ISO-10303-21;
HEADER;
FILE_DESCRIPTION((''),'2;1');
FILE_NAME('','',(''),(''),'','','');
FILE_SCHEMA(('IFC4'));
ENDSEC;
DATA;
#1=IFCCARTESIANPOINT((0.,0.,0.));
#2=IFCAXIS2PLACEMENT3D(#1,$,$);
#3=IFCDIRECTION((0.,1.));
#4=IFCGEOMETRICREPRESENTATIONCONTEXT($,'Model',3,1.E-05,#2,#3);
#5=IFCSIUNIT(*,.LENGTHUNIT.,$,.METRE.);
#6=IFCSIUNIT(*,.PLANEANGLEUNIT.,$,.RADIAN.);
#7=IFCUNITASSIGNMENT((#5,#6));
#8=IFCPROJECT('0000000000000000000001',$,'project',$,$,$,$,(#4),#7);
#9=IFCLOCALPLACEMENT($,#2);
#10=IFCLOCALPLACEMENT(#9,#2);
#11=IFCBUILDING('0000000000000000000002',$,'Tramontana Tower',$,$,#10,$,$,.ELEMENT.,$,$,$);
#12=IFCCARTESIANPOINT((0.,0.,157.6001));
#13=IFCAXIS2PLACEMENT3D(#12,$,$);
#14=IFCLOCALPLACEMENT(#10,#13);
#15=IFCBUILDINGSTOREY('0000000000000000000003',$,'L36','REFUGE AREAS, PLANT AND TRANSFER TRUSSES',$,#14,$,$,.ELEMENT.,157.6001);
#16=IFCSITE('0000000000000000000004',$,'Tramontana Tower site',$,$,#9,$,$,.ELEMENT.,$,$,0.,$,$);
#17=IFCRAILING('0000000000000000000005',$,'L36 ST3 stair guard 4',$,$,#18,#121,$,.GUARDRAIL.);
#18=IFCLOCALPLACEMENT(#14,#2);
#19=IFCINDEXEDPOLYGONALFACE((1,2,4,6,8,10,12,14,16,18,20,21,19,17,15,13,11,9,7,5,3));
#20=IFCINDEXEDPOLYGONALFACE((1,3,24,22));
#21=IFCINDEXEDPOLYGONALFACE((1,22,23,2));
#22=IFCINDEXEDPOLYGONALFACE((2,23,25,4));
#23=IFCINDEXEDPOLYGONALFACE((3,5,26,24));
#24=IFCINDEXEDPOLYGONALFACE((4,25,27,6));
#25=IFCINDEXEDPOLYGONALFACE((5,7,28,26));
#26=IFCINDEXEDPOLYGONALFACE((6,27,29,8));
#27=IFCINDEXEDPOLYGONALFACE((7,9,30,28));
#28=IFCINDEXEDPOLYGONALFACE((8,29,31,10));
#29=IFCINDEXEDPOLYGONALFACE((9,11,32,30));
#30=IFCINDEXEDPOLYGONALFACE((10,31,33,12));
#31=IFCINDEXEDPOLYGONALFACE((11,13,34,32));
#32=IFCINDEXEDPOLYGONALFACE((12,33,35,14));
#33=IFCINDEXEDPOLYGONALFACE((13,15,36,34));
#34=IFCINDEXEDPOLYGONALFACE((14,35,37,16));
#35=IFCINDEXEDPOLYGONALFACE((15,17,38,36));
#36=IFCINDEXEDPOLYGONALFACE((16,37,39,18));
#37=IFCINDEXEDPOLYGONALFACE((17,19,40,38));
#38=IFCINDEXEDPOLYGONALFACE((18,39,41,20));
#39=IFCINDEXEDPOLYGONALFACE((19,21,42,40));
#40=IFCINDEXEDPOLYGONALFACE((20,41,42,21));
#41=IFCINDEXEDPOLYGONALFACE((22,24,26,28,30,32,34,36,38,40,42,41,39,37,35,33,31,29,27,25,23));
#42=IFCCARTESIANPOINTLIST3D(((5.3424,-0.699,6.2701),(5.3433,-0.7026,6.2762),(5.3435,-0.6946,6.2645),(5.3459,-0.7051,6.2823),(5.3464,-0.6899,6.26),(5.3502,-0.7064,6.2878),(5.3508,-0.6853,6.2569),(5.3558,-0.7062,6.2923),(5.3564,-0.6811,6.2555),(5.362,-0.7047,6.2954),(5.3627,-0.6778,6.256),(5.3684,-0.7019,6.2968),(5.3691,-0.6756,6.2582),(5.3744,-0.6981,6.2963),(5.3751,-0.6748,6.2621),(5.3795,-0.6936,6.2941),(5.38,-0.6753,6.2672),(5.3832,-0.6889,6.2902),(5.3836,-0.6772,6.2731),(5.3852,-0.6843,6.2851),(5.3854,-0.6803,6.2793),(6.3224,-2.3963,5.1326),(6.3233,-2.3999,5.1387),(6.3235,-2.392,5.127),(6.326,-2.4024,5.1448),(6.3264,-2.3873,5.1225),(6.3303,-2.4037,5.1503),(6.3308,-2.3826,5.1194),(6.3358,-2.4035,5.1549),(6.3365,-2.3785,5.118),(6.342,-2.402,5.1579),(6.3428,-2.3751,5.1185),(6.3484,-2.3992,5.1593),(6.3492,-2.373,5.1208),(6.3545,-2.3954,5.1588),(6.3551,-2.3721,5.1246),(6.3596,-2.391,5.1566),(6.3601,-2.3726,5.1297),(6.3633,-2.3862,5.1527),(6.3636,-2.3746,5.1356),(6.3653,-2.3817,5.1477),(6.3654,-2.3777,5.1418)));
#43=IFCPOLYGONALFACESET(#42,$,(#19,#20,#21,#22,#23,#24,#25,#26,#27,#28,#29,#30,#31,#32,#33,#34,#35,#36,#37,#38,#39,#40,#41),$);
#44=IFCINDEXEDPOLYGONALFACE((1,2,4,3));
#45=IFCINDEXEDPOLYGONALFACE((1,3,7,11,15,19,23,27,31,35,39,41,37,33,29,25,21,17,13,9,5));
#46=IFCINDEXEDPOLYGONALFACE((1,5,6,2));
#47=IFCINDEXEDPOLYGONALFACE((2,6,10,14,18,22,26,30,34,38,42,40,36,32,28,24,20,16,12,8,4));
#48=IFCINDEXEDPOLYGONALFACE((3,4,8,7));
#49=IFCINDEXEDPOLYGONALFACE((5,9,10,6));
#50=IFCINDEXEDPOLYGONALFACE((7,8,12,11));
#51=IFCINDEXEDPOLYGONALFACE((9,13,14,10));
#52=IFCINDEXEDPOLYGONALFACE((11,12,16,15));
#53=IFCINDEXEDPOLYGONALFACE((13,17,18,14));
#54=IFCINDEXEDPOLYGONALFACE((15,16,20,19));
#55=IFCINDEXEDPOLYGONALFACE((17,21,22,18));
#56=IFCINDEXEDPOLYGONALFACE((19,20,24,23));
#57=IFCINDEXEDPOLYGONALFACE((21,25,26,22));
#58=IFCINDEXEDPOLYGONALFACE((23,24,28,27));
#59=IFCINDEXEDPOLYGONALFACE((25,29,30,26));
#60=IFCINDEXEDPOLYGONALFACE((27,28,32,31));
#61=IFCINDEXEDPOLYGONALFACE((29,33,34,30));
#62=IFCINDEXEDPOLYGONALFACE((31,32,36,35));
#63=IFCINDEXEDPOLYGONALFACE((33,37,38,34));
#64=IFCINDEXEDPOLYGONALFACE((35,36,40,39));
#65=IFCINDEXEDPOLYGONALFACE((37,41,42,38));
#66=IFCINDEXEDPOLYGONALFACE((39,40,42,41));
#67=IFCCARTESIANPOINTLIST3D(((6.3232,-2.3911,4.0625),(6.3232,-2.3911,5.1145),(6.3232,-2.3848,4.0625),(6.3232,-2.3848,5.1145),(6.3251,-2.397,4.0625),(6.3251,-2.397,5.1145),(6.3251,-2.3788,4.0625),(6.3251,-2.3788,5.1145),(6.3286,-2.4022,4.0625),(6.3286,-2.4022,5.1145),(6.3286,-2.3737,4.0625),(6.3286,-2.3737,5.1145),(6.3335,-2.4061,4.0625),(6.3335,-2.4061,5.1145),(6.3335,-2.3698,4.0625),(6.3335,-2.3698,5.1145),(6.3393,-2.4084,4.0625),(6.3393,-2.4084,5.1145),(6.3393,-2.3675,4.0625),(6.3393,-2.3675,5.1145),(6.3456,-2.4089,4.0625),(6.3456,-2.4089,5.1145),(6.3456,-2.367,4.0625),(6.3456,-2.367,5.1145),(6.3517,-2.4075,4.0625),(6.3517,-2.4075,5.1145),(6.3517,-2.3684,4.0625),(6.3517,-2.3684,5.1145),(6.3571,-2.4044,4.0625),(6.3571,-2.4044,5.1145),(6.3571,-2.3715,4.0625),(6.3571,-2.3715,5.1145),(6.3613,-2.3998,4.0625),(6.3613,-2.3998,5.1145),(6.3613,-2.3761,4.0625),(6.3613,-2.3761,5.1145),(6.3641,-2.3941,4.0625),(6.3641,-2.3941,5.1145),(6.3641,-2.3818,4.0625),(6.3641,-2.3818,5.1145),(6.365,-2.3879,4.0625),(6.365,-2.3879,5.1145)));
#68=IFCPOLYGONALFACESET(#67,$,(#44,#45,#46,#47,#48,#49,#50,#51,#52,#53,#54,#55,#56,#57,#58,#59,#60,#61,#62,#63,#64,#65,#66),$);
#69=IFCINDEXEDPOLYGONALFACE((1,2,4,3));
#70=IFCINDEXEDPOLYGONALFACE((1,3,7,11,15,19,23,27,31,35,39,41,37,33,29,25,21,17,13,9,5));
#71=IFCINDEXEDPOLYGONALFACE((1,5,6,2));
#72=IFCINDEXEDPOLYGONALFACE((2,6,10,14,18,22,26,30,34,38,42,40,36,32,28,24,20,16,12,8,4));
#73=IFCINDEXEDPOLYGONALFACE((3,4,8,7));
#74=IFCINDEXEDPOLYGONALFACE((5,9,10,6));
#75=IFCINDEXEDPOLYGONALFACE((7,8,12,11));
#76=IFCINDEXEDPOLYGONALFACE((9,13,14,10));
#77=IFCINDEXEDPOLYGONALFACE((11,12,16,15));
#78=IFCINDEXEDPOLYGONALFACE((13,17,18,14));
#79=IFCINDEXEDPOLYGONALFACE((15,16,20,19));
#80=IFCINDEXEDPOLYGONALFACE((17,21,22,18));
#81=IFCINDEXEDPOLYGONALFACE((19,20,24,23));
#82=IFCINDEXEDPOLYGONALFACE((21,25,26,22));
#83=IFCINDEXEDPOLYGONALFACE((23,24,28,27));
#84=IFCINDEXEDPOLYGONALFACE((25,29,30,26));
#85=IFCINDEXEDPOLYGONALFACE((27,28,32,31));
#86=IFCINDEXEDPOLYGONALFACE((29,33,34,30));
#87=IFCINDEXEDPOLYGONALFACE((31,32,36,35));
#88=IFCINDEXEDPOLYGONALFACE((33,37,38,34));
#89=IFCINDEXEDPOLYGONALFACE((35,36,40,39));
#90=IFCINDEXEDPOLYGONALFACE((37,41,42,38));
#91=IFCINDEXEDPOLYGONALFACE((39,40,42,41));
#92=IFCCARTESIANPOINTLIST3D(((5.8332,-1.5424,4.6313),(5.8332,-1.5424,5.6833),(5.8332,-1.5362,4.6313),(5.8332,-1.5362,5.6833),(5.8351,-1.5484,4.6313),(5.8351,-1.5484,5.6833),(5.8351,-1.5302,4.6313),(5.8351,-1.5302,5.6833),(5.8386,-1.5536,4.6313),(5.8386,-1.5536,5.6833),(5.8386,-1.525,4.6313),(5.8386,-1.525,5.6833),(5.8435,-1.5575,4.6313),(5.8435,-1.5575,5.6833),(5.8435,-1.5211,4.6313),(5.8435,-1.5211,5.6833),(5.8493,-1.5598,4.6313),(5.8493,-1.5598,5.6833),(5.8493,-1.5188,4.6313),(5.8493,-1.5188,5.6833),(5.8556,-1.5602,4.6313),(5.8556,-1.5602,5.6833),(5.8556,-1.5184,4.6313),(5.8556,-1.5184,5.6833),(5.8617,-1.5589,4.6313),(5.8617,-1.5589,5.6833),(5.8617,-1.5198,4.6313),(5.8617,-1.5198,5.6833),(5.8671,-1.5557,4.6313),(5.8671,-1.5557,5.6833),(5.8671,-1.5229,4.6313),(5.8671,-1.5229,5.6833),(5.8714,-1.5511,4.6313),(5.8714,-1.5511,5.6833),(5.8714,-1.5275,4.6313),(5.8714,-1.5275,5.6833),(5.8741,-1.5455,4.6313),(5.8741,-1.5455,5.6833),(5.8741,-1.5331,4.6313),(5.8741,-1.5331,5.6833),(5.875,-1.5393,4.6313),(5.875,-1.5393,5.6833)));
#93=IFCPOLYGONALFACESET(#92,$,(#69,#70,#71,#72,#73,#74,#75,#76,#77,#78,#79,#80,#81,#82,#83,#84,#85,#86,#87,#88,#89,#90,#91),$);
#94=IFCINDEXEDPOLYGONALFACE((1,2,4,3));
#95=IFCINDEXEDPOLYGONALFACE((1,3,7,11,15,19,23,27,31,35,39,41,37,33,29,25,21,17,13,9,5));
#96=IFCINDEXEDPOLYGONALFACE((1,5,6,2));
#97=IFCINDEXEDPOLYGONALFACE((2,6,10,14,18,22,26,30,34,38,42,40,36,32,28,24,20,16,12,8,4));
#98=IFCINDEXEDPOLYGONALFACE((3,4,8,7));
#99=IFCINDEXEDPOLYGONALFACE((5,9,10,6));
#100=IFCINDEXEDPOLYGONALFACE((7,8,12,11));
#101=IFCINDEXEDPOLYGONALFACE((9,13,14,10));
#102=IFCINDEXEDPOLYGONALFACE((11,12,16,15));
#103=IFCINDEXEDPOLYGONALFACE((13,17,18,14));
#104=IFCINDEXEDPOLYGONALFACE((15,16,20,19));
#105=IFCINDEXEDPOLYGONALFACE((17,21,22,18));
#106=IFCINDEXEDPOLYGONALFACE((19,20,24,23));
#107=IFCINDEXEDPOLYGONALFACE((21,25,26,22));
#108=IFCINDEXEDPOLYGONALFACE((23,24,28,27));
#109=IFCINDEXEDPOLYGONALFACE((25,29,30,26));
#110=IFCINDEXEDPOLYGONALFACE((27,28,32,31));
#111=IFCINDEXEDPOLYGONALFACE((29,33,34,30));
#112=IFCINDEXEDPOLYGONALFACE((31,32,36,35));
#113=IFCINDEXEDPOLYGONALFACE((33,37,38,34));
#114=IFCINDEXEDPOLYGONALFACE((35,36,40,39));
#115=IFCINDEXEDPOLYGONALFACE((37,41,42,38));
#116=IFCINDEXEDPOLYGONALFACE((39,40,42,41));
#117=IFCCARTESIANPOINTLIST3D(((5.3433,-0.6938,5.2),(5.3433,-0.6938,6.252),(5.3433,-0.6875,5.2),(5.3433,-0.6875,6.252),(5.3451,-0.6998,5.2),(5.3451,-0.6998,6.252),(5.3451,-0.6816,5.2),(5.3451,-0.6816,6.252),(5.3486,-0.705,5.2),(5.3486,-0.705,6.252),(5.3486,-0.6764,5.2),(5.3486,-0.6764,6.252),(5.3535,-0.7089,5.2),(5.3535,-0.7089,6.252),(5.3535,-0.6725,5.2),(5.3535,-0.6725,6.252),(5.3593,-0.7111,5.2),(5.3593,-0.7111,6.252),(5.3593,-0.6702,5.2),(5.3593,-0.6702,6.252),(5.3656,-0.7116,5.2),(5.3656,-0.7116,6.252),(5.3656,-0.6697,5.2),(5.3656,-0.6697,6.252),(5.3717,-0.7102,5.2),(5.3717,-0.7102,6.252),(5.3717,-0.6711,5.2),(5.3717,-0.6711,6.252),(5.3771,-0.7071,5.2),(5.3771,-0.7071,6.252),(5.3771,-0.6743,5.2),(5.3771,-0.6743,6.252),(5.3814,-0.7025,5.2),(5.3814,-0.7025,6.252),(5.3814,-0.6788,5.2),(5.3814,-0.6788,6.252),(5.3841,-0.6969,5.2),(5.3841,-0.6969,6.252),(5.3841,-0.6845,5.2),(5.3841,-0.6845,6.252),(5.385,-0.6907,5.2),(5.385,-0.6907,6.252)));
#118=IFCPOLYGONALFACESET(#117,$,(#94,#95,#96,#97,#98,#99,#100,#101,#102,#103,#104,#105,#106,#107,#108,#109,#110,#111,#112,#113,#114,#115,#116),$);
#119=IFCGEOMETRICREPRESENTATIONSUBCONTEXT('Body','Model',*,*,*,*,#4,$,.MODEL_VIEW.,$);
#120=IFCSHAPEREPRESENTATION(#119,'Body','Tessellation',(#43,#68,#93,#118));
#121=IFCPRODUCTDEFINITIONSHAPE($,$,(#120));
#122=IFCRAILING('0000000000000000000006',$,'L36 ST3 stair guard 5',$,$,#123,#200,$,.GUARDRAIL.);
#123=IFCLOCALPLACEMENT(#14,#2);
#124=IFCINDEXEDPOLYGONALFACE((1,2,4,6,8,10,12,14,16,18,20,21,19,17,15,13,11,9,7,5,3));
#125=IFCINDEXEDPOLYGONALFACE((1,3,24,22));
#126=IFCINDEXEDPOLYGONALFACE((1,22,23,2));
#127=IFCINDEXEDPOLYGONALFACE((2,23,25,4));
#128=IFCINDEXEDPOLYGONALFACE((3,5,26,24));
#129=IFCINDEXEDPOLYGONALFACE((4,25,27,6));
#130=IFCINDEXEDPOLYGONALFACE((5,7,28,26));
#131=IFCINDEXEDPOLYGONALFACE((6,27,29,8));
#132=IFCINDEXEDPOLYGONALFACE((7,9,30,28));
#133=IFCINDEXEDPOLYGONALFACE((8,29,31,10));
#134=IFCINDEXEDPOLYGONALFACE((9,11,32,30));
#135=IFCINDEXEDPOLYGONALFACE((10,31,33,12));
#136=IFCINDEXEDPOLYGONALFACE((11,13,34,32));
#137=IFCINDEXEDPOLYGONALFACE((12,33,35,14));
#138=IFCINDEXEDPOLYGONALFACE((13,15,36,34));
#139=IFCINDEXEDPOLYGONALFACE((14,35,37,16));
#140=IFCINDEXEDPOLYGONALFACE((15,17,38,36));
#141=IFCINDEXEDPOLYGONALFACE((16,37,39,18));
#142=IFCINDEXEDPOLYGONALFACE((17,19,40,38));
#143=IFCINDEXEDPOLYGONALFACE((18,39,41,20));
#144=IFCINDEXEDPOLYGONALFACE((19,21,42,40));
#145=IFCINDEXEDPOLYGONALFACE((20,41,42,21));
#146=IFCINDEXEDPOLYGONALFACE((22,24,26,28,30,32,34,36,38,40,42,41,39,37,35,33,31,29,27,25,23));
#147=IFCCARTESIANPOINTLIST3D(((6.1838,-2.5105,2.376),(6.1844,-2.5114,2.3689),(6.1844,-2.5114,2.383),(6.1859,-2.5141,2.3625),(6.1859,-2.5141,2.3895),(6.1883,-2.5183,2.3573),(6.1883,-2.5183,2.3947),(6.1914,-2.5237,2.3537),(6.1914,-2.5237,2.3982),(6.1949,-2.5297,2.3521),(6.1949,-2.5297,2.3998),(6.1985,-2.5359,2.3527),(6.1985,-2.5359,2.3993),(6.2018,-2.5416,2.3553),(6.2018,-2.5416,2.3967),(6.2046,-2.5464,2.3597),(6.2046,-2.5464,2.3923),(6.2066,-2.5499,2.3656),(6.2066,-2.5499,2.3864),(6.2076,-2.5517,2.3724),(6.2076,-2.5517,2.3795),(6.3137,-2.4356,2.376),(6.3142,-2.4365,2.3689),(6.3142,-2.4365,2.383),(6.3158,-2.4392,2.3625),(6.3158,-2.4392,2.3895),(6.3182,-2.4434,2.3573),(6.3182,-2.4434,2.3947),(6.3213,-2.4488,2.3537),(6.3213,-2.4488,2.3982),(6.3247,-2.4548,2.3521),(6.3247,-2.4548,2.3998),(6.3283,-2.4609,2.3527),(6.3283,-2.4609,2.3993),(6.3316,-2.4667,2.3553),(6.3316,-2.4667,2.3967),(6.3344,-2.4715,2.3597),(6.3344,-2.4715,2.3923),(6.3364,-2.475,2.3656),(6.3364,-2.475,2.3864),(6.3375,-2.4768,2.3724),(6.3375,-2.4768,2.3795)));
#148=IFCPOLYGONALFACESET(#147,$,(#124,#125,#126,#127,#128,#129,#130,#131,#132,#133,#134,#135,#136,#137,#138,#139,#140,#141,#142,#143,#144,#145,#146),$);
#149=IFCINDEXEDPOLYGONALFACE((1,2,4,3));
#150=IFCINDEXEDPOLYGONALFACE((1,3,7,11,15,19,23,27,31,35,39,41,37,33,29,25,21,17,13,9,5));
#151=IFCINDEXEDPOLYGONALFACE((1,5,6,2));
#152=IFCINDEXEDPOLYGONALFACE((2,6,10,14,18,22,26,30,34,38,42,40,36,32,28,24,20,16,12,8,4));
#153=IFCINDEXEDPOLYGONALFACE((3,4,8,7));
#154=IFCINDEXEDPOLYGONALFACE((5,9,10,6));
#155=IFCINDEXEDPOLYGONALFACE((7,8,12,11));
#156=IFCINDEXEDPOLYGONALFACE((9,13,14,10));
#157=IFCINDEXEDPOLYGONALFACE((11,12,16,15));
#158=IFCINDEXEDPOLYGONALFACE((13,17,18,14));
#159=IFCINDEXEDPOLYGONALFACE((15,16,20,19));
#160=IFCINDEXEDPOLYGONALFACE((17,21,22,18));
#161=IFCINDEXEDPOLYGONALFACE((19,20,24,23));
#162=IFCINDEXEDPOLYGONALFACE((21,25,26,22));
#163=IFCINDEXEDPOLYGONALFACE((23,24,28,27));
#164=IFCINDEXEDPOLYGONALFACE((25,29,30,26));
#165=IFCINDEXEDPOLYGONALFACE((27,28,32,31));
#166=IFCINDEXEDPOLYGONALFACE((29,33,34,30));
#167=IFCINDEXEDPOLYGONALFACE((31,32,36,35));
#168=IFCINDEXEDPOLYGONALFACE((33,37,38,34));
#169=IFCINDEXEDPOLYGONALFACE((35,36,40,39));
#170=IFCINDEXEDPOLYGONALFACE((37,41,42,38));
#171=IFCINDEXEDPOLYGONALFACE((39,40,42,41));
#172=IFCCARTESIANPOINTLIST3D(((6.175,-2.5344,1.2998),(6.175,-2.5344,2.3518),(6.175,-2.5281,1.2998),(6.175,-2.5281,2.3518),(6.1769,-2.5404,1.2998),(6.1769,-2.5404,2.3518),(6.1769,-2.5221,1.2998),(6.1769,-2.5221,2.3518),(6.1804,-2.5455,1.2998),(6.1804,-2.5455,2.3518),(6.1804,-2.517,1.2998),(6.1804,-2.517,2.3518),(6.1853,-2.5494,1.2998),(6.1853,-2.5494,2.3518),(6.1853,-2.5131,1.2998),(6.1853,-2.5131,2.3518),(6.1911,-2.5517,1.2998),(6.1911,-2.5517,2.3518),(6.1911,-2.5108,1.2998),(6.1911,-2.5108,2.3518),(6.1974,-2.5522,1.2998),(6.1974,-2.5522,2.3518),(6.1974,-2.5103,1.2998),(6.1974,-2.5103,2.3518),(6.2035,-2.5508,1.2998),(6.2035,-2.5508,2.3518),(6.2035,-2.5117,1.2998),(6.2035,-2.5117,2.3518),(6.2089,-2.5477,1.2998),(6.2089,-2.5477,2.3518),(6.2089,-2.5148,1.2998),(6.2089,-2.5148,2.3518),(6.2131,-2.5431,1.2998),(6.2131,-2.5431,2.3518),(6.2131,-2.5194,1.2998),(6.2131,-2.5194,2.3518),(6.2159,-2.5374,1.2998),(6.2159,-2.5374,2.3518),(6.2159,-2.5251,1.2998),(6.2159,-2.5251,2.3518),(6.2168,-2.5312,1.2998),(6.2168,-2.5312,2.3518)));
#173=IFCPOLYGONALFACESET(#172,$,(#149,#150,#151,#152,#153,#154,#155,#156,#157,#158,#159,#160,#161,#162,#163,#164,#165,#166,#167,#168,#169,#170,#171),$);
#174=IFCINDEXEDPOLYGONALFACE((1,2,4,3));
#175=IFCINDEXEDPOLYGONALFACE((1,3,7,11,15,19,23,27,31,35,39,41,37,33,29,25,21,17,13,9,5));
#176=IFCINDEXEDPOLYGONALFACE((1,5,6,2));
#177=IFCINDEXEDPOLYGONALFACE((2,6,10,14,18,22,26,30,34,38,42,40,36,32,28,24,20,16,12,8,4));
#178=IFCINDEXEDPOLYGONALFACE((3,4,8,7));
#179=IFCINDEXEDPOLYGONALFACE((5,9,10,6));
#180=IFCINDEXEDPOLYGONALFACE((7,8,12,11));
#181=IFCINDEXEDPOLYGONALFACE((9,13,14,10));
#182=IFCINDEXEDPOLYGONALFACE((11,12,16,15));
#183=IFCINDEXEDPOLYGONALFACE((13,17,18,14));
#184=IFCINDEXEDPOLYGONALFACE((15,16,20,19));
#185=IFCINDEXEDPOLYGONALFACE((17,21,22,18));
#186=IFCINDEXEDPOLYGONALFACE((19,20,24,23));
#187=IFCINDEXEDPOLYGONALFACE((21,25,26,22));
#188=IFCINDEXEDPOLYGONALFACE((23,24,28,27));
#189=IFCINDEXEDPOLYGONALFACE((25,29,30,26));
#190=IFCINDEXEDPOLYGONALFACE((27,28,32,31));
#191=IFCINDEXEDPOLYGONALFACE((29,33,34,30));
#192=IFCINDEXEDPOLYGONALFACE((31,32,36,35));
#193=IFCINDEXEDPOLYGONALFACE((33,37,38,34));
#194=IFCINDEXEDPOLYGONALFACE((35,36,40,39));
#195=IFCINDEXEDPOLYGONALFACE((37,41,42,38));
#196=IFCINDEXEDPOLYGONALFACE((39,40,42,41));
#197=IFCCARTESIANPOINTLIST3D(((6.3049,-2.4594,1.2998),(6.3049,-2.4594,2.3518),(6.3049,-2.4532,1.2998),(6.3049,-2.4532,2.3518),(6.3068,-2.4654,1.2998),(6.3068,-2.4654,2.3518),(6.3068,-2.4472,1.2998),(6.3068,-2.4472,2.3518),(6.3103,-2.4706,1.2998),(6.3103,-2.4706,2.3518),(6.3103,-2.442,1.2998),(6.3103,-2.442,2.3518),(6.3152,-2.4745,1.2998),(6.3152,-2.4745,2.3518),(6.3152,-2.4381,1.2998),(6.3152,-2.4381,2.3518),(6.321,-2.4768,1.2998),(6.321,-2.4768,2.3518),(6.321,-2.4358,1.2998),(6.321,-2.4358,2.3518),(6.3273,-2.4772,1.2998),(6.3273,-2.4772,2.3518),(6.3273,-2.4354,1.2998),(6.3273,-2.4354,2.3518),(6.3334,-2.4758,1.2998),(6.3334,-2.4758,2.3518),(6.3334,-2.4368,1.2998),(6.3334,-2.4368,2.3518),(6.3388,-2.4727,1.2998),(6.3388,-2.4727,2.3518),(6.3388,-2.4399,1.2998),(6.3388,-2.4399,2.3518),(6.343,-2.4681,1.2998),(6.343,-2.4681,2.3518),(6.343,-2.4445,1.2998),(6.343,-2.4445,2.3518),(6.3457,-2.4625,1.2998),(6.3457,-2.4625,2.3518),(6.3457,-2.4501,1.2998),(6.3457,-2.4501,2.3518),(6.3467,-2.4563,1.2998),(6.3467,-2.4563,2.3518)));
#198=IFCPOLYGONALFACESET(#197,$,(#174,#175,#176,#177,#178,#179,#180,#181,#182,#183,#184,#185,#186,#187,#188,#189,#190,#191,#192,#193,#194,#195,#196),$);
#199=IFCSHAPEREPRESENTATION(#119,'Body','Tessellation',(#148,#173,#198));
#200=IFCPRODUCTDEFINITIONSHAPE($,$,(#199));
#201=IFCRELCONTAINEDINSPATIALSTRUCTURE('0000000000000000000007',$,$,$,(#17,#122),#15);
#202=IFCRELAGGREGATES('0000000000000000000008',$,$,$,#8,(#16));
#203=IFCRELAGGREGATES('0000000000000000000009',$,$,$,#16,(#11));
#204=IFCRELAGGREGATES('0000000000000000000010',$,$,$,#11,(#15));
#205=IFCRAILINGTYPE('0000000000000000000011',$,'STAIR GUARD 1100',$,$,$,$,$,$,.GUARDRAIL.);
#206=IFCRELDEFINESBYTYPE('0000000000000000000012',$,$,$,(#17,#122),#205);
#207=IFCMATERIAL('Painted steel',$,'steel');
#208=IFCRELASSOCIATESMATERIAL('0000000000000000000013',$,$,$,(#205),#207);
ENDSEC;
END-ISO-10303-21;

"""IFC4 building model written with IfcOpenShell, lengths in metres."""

from ifc_helpers import new_model, si_unit, direction, frame, origin, origin_2d, place, context, subcontext, project, spatial, circle, extrude, material, type_object, element, save


model = new_model("IFC4")

# Units and contexts
model_context = context("Model", 3, precision=1e-05, world=origin(), true_north=direction((0.0, 1.0)))
body_context = subcontext(model_context, "Body", "Model", "MODEL_VIEW")
ifc_project = project(units=[si_unit("LENGTHUNIT", "METRE"), si_unit("PLANEANGLEUNIT", "RADIAN")], contexts=[model_context])

# Site, building, storey
site_placement = place(None, origin())
site = spatial("IfcSite", under=ifc_project, at=site_placement, Name="Tramontana Tower site", CompositionType="ELEMENT", RefElevation=0.0)
building_placement = place(site_placement, origin())
building = spatial("IfcBuilding", under=site, at=building_placement, Name="Tramontana Tower", CompositionType="ELEMENT")
storey_placement = place(building_placement, frame((0.0, 0.0, 157.6001)))
storey = spatial("IfcBuildingStorey", under=building, at=storey_placement, Name="L36", Description="REFUGE AREAS, PLANT AND TRANSFER TRUSSES", CompositionType="ELEMENT", Elevation=157.6001)

# Railings
ifc_material_1 = material(Name="Painted steel", Category="steel")
railing_type_1 = type_object("IfcRailingType", Name="STAIR GUARD 1100", PredefinedType="GUARDRAIL", material=ifc_material_1)
for number, where, name in (
    (1, (6.344, -2.3879, 4.0625), "L36 ST3 stair guard 4"),
):
    element("IfcRailing", number, at=place(storey_placement, frame(where)), inside=storey, type_object=railing_type_1, Name=name, PredefinedType="GUARDRAIL", context=body_context, shape_type="SweptSolid", body=[
        extrude(circle(Radius=0.0239, at=origin_2d()), frame((0.0, 0.0, 1.0762), z_axis=(-0.432467, 0.749006, 0.501959), x_axis=(-0.866011, -0.500024, 0.0)), (0.0, 0.0, 1.0), 2.2661),
        extrude(circle(Radius=0.021, at=origin_2d()), origin(), (0.0, 0.0, 1.0), 1.052),
        extrude(circle(Radius=0.021, at=origin_2d()), frame((-0.49, 0.8486, 0.5688)), (0.0, 0.0, 1.0), 1.052),
        extrude(circle(Radius=0.021, at=origin_2d()), frame((-0.98, 1.6973, 1.1375)), (0.0, 0.0, 1.0), 1.052),
    ])
for number, where, name in (
    (2, (6.1958, -2.5312, 1.2998), "L36 ST3 stair guard 5"),
):
    element("IfcRailing", number, at=place(storey_placement, frame(where)), inside=storey, type_object=railing_type_1, Name=name, PredefinedType="GUARDRAIL", context=body_context, shape_type="SweptSolid", body=[
        extrude(circle(Radius=0.0239, at=origin_2d()), frame((0.0, 0.0, 1.0762), z_axis=(0.866131, 0.499816, 0.0), x_axis=(-0.499816, 0.866131, 0.0)), (0.0, 0.0, 1.0), 0.1499),
        extrude(circle(Radius=0.021, at=origin_2d()), origin(), (0.0, 0.0, 1.0), 1.052),
        extrude(circle(Radius=0.021, at=origin_2d()), frame((0.1299, 0.075, 0.0)), (0.0, 0.0, 1.0), 1.052),
    ])

save(model, "model.ifc")
